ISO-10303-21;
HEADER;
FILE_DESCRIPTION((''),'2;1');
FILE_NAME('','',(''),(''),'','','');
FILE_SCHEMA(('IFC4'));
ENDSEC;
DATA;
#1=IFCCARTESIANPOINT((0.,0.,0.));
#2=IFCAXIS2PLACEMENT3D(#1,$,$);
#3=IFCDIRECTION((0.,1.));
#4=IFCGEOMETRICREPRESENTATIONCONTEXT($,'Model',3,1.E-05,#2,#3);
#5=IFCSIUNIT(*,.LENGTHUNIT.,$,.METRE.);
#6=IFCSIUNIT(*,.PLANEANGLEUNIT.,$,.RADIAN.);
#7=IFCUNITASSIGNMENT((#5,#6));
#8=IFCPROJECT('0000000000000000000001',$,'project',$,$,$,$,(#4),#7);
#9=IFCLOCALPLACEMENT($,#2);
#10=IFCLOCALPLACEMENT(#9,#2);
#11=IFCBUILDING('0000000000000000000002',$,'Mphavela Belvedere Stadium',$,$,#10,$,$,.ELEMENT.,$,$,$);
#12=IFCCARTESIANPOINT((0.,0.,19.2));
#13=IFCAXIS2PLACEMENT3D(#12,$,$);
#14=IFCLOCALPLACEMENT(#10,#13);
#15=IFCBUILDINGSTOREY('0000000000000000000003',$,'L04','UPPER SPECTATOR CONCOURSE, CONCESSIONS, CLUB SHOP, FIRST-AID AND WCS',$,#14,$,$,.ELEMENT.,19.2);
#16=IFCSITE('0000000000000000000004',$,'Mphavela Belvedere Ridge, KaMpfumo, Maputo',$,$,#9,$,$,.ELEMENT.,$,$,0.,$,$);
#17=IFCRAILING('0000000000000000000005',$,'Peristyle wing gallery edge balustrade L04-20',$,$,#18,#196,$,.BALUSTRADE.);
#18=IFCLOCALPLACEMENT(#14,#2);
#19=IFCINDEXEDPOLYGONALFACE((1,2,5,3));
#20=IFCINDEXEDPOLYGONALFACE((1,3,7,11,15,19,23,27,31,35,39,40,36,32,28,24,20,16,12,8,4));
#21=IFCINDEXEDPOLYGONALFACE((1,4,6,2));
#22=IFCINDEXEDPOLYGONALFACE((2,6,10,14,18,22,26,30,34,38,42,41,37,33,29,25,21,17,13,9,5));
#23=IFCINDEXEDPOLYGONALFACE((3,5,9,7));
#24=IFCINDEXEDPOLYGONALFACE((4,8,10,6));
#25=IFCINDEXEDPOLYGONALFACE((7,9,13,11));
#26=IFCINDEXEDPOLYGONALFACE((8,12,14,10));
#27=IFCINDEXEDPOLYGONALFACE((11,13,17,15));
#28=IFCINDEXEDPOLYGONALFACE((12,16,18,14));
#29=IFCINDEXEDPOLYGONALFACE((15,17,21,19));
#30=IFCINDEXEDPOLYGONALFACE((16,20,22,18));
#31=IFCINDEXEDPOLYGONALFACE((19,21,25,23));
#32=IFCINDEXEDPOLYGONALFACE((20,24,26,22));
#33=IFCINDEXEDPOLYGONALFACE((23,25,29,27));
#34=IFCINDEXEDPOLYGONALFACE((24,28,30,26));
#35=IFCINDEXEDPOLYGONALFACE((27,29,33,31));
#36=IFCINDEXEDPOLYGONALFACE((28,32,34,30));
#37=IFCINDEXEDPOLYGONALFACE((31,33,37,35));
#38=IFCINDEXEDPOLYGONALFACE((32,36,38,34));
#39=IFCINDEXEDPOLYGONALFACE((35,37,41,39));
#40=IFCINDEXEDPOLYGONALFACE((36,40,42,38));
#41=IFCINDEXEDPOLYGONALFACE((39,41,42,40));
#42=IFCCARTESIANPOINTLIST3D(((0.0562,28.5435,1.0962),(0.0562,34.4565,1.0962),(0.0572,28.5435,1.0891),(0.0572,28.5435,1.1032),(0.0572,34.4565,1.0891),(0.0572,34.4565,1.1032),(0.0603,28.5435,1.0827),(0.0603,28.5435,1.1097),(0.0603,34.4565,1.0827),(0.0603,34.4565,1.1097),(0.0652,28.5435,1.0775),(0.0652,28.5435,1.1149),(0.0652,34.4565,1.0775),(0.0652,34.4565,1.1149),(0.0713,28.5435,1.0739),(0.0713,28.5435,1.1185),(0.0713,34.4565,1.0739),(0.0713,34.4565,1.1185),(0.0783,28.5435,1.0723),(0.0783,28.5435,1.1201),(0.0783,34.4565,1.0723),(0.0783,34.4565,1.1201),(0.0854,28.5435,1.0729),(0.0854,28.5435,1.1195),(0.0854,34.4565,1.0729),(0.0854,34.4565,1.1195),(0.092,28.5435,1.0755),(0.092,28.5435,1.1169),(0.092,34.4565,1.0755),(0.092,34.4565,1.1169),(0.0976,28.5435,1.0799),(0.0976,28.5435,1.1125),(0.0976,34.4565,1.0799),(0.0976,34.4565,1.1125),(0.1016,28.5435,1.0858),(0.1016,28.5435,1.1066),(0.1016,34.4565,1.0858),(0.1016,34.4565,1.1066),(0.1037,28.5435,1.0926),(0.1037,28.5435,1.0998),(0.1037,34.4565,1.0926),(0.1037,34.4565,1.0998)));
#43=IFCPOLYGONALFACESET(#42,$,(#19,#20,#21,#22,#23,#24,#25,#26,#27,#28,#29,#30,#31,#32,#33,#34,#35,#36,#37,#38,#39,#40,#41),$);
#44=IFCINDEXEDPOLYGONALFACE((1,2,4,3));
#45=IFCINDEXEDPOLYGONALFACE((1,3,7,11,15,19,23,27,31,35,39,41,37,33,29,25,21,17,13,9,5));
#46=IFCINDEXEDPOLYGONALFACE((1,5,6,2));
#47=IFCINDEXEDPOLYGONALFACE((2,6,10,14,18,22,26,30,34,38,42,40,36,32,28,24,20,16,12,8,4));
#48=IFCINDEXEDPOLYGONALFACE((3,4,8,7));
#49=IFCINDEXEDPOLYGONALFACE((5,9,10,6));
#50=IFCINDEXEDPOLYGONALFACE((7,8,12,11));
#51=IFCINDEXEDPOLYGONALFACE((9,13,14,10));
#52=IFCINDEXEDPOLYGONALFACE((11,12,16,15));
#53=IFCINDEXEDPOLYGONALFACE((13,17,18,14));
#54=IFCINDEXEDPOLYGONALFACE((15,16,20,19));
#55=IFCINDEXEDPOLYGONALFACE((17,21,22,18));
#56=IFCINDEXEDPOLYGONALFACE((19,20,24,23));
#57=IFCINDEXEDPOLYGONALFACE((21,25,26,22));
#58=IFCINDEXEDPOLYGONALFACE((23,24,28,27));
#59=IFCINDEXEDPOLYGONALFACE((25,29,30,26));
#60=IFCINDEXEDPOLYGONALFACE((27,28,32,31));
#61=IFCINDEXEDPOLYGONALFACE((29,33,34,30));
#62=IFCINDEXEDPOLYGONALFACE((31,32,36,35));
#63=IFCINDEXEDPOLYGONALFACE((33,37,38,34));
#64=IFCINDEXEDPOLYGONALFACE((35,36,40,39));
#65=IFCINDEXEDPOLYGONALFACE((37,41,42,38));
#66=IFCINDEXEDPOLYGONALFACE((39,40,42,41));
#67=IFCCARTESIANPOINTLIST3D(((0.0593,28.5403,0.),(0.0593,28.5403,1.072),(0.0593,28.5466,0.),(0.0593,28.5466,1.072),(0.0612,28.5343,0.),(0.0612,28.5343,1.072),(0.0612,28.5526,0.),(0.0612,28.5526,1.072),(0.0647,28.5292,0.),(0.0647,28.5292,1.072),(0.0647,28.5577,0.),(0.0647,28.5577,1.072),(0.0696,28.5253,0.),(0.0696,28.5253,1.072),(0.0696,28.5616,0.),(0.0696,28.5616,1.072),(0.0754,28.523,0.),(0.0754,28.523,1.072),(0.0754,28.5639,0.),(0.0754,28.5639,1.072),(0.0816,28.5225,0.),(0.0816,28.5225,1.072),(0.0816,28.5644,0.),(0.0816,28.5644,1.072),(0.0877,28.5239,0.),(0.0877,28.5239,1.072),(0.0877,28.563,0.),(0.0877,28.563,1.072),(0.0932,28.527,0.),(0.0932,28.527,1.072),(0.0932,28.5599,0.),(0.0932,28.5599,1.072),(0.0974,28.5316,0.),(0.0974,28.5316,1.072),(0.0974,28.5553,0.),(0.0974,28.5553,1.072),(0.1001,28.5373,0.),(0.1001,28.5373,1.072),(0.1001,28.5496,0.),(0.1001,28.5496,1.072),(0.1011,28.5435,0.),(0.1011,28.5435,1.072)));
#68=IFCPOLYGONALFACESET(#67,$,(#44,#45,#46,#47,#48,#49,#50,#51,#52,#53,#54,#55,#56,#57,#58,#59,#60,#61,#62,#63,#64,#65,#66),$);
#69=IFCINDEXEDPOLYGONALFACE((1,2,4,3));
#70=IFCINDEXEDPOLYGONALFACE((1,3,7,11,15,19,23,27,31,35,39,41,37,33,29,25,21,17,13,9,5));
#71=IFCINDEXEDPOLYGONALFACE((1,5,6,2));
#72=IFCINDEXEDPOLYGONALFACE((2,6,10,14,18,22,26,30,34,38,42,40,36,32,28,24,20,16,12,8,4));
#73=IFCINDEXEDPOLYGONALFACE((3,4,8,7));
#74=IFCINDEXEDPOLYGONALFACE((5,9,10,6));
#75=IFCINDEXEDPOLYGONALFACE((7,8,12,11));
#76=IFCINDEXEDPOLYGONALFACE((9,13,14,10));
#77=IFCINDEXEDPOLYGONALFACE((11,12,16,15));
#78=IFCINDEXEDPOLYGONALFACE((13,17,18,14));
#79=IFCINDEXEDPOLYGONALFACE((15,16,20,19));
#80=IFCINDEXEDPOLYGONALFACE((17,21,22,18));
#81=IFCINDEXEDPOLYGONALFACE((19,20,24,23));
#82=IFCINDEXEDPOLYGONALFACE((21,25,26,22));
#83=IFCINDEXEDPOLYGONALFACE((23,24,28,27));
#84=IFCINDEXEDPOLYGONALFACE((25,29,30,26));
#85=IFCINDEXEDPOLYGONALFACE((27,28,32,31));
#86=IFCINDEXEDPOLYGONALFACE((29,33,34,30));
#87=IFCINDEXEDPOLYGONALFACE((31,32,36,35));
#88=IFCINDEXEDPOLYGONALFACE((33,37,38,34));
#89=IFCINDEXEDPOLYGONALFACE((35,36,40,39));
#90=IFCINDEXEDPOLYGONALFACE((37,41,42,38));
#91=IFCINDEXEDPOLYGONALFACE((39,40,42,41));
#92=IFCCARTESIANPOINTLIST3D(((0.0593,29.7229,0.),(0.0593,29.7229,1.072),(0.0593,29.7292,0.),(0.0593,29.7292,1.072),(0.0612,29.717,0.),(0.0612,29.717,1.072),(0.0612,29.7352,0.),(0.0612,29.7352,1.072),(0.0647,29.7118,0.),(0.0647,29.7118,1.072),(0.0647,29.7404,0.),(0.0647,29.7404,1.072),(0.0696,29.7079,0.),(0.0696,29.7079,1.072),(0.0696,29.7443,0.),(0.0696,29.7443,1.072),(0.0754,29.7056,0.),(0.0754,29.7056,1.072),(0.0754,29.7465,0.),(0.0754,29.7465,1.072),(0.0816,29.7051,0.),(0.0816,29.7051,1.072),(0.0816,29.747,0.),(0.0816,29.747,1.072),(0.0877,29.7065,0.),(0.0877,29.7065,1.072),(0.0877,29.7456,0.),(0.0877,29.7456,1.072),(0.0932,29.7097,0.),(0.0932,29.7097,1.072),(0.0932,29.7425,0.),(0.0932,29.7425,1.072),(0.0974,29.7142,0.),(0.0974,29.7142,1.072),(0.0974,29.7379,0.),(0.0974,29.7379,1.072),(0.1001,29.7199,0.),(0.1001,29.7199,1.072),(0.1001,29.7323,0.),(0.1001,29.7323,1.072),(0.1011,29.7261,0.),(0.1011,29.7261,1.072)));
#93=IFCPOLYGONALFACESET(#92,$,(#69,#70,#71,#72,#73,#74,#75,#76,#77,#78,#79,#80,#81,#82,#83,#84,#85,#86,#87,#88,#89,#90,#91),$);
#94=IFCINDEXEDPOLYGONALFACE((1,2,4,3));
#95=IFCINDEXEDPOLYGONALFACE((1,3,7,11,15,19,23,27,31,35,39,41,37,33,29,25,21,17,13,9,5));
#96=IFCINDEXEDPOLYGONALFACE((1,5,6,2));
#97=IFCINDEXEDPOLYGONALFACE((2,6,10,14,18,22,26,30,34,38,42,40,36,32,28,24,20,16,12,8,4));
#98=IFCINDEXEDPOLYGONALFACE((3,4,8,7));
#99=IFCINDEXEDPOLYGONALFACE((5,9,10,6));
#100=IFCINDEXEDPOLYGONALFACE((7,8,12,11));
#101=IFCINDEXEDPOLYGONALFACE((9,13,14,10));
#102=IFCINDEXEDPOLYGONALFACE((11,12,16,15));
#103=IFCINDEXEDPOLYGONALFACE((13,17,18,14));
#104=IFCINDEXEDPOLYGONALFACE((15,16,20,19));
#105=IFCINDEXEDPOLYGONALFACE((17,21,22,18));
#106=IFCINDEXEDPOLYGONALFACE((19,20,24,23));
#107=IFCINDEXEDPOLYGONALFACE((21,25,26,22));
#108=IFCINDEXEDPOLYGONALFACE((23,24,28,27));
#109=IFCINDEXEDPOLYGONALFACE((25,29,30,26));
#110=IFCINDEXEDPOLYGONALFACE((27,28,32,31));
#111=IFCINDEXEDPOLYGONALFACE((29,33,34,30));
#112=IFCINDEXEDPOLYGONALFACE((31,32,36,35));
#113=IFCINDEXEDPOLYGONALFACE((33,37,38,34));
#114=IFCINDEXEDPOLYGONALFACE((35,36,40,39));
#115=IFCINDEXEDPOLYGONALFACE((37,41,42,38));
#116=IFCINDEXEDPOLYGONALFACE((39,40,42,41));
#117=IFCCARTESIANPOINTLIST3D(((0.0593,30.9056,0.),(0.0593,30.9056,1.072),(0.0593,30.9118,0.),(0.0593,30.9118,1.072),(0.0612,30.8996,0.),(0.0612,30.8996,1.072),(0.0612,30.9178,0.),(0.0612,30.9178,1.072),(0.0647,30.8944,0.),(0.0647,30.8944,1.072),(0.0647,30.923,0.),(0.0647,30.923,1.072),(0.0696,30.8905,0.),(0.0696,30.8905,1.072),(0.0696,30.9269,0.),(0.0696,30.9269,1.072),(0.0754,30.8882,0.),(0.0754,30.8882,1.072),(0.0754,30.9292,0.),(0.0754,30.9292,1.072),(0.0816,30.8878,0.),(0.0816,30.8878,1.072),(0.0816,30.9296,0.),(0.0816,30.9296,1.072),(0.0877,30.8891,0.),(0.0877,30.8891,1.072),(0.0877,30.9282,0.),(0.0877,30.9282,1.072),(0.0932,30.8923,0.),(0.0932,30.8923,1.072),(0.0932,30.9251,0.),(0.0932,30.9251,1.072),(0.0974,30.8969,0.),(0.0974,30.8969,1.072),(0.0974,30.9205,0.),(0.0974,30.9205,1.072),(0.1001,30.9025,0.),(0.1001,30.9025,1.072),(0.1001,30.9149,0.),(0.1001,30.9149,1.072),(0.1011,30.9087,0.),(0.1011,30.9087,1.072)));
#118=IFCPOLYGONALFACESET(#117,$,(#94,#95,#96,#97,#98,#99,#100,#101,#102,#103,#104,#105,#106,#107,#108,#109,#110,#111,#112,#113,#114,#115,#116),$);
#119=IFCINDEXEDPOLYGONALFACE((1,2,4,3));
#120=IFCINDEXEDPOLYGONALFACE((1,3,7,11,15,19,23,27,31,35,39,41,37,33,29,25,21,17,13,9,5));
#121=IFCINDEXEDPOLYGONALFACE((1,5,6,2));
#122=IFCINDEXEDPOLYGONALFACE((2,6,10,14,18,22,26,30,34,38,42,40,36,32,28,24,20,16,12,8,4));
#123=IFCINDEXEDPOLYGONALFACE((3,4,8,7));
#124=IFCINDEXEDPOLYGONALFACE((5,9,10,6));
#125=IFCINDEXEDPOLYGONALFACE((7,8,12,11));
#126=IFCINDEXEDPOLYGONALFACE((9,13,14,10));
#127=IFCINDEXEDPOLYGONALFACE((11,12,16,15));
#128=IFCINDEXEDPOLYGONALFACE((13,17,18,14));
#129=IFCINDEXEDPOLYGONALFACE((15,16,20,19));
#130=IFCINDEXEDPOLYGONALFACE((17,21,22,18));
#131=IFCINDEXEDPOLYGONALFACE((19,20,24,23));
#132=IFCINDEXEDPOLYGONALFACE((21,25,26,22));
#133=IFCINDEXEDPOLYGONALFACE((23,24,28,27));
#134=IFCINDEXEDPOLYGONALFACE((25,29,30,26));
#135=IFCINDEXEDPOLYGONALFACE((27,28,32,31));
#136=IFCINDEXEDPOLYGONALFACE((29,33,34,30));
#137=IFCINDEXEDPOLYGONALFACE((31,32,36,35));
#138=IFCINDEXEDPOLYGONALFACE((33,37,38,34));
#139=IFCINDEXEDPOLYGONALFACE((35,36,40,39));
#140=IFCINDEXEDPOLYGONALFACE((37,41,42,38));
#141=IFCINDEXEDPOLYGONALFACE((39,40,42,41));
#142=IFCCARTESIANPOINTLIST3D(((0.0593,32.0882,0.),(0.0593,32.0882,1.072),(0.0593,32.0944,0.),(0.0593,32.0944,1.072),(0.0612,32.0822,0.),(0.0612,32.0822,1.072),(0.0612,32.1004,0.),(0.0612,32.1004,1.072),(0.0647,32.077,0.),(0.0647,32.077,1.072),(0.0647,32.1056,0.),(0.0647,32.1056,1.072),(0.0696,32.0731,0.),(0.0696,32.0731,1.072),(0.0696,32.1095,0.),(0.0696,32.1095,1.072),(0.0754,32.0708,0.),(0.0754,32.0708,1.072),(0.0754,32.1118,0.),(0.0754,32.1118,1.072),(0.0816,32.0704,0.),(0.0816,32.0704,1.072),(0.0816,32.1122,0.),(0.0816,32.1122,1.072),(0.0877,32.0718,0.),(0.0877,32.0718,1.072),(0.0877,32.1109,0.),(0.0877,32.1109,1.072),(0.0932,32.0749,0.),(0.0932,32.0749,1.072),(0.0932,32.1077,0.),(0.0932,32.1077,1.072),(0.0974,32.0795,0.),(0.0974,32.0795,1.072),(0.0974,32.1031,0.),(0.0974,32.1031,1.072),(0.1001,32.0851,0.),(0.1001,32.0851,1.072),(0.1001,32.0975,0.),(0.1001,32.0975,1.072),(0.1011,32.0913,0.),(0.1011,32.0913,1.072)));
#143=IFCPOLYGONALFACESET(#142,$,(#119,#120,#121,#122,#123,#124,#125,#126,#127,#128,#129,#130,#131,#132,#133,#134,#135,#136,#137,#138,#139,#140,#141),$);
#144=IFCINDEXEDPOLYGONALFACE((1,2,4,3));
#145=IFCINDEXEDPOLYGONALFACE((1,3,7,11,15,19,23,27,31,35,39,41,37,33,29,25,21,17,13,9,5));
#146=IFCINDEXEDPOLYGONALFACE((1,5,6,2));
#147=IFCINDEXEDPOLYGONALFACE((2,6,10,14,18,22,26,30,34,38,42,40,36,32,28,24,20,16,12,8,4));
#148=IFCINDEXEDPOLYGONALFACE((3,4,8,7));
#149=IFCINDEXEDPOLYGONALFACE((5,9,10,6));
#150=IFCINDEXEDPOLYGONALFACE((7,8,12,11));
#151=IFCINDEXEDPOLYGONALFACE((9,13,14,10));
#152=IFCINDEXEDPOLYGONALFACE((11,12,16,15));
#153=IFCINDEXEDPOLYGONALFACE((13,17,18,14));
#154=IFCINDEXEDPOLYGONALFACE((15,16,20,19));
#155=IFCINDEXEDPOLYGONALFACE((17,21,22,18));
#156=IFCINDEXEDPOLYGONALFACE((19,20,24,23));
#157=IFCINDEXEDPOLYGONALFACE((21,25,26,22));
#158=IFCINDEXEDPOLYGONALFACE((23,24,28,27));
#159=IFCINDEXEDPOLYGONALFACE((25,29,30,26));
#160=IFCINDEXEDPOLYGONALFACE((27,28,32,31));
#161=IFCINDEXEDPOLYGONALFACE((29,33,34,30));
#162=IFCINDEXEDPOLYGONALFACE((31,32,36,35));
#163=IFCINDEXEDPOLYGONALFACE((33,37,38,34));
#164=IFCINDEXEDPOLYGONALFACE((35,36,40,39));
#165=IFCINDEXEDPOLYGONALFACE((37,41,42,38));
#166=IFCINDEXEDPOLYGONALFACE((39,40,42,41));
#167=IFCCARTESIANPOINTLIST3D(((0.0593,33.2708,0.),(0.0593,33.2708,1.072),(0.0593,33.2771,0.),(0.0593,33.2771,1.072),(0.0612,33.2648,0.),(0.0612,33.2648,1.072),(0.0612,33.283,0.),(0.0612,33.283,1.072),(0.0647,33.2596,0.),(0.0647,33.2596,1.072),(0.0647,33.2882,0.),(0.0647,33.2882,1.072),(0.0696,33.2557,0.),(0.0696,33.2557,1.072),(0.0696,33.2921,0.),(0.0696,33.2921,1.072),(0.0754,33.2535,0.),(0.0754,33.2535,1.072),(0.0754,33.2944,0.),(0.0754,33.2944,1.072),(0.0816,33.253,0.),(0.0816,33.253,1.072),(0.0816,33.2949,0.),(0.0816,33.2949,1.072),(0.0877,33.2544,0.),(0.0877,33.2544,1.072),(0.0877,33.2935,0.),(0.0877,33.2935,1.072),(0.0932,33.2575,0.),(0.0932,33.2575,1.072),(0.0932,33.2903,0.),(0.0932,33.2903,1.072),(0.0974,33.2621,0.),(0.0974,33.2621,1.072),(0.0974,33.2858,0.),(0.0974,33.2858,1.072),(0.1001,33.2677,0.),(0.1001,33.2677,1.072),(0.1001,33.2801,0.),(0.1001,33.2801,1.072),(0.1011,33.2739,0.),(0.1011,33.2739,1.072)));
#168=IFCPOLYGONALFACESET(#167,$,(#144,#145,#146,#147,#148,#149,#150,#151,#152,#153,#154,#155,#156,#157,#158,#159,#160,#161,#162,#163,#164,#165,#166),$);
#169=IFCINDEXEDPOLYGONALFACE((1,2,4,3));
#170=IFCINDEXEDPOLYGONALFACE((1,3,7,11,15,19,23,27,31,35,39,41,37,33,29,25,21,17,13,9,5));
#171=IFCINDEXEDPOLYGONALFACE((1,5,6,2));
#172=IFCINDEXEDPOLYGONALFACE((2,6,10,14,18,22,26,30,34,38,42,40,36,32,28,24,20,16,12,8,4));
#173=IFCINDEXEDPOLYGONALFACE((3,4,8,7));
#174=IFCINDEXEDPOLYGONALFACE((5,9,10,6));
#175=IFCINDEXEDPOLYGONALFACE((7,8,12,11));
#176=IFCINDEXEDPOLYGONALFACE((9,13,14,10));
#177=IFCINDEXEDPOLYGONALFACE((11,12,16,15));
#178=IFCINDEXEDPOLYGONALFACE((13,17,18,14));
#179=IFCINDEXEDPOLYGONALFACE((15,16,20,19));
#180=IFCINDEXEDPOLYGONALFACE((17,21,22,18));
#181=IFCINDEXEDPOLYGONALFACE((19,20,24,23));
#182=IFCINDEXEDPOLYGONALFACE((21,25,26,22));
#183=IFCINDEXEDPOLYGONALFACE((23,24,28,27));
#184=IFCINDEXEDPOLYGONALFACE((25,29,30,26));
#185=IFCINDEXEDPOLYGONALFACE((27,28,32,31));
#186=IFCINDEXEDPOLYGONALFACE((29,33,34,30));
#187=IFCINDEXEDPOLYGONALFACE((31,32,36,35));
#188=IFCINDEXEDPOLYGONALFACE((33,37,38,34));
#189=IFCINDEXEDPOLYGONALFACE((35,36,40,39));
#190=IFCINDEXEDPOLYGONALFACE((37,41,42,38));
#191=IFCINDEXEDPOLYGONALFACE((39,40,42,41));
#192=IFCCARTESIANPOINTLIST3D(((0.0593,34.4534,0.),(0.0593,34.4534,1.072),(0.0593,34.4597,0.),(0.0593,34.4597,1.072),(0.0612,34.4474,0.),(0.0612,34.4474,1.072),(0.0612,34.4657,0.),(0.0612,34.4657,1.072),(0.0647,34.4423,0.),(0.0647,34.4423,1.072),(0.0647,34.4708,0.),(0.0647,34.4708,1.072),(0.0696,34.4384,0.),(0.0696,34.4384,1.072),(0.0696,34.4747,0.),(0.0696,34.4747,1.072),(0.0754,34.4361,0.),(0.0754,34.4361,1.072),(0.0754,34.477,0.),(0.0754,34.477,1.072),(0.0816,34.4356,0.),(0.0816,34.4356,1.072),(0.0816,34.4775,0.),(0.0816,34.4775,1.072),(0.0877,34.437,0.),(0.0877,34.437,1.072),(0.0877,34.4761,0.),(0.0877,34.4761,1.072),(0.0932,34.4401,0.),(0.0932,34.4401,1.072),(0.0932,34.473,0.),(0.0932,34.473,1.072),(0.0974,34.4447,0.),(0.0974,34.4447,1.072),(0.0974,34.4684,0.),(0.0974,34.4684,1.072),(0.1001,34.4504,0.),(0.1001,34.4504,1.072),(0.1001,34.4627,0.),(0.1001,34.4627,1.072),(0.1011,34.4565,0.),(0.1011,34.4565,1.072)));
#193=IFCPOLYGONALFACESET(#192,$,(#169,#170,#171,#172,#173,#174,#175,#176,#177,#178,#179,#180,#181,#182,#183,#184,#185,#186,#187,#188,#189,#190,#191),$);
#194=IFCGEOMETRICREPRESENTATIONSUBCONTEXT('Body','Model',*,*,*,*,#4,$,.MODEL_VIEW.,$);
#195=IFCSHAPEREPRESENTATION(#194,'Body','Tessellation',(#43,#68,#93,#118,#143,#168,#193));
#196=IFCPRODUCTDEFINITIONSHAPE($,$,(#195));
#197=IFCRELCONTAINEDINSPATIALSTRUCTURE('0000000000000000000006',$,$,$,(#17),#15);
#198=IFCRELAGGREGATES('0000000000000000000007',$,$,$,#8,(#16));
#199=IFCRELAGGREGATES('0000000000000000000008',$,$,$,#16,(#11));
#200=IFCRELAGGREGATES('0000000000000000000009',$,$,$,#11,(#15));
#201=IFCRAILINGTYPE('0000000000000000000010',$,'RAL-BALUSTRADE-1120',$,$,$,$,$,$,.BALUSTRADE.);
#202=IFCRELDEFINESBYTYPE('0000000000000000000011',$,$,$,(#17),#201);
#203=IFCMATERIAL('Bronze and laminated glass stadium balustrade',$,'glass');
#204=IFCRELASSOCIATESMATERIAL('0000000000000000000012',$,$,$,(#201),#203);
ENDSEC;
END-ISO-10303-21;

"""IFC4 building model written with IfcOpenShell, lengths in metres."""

from ifc_helpers import new_model, si_unit, direction, frame, origin, origin_2d, place, context, subcontext, project, spatial, circle, extrude, material, type_object, element, save


model = new_model("IFC4")

# Units and contexts
model_context = context("Model", 3, precision=1e-05, world=origin(), true_north=direction((0.0, 1.0)))
body_context = subcontext(model_context, "Body", "Model", "MODEL_VIEW")
ifc_project = project(units=[si_unit("LENGTHUNIT", "METRE"), si_unit("PLANEANGLEUNIT", "RADIAN")], contexts=[model_context])

# Site, building, storey
site_placement = place(None, origin())
site = spatial("IfcSite", under=ifc_project, at=site_placement, Name="Mphavela Belvedere Ridge, KaMpfumo, Maputo", CompositionType="ELEMENT", RefElevation=0.0)
building_placement = place(site_placement, origin())
building = spatial("IfcBuilding", under=site, at=building_placement, Name="Mphavela Belvedere Stadium", CompositionType="ELEMENT")
storey_placement = place(building_placement, frame((0.0, 0.0, 19.2)))
storey = spatial("IfcBuildingStorey", under=building, at=storey_placement, Name="L04", Description="UPPER SPECTATOR CONCOURSE, CONCESSIONS, CLUB SHOP, FIRST-AID AND WCS", CompositionType="ELEMENT", Elevation=19.2)

# Railing
ifc_material_1 = material(Name="Bronze and laminated glass stadium balustrade", Category="glass")
railing_type = type_object("IfcRailingType", Name="RAL-BALUSTRADE-1120", PredefinedType="BALUSTRADE", material=ifc_material_1)
for number, where, name in (
    (1, (0.0801, 28.5435, 0.0), "Peristyle wing gallery edge balustrade L04-20"),
):
    element("IfcRailing", number, at=place(storey_placement, frame(where)), inside=storey, type_object=railing_type, Name=name, PredefinedType="BALUSTRADE", context=body_context, shape_type="SweptSolid", body=[
        extrude(circle(Radius=0.0239, at=origin_2d()), frame((0.0, 0.0, 1.0962), z_axis=(0.0, 1.0, 0.0), x_axis=(-1.0, 0.0, 0.0)), (0.0, 0.0, 1.0), 5.9131),
        extrude(circle(Radius=0.021, at=origin_2d()), origin(), (0.0, 0.0, 1.0), 1.072),
        extrude(circle(Radius=0.021, at=origin_2d()), frame((0.0, 1.1826, 0.0)), (0.0, 0.0, 1.0), 1.072),
        extrude(circle(Radius=0.021, at=origin_2d()), frame((0.0, 2.3652, 0.0)), (0.0, 0.0, 1.0), 1.072),
        extrude(circle(Radius=0.021, at=origin_2d()), frame((0.0, 3.5479, 0.0)), (0.0, 0.0, 1.0), 1.072),
        extrude(circle(Radius=0.021, at=origin_2d()), frame((0.0, 4.7305, 0.0)), (0.0, 0.0, 1.0), 1.072),
        extrude(circle(Radius=0.021, at=origin_2d()), frame((0.0, 5.9131, 0.0)), (0.0, 0.0, 1.0), 1.072),
    ])

save(model, "model.ifc")
